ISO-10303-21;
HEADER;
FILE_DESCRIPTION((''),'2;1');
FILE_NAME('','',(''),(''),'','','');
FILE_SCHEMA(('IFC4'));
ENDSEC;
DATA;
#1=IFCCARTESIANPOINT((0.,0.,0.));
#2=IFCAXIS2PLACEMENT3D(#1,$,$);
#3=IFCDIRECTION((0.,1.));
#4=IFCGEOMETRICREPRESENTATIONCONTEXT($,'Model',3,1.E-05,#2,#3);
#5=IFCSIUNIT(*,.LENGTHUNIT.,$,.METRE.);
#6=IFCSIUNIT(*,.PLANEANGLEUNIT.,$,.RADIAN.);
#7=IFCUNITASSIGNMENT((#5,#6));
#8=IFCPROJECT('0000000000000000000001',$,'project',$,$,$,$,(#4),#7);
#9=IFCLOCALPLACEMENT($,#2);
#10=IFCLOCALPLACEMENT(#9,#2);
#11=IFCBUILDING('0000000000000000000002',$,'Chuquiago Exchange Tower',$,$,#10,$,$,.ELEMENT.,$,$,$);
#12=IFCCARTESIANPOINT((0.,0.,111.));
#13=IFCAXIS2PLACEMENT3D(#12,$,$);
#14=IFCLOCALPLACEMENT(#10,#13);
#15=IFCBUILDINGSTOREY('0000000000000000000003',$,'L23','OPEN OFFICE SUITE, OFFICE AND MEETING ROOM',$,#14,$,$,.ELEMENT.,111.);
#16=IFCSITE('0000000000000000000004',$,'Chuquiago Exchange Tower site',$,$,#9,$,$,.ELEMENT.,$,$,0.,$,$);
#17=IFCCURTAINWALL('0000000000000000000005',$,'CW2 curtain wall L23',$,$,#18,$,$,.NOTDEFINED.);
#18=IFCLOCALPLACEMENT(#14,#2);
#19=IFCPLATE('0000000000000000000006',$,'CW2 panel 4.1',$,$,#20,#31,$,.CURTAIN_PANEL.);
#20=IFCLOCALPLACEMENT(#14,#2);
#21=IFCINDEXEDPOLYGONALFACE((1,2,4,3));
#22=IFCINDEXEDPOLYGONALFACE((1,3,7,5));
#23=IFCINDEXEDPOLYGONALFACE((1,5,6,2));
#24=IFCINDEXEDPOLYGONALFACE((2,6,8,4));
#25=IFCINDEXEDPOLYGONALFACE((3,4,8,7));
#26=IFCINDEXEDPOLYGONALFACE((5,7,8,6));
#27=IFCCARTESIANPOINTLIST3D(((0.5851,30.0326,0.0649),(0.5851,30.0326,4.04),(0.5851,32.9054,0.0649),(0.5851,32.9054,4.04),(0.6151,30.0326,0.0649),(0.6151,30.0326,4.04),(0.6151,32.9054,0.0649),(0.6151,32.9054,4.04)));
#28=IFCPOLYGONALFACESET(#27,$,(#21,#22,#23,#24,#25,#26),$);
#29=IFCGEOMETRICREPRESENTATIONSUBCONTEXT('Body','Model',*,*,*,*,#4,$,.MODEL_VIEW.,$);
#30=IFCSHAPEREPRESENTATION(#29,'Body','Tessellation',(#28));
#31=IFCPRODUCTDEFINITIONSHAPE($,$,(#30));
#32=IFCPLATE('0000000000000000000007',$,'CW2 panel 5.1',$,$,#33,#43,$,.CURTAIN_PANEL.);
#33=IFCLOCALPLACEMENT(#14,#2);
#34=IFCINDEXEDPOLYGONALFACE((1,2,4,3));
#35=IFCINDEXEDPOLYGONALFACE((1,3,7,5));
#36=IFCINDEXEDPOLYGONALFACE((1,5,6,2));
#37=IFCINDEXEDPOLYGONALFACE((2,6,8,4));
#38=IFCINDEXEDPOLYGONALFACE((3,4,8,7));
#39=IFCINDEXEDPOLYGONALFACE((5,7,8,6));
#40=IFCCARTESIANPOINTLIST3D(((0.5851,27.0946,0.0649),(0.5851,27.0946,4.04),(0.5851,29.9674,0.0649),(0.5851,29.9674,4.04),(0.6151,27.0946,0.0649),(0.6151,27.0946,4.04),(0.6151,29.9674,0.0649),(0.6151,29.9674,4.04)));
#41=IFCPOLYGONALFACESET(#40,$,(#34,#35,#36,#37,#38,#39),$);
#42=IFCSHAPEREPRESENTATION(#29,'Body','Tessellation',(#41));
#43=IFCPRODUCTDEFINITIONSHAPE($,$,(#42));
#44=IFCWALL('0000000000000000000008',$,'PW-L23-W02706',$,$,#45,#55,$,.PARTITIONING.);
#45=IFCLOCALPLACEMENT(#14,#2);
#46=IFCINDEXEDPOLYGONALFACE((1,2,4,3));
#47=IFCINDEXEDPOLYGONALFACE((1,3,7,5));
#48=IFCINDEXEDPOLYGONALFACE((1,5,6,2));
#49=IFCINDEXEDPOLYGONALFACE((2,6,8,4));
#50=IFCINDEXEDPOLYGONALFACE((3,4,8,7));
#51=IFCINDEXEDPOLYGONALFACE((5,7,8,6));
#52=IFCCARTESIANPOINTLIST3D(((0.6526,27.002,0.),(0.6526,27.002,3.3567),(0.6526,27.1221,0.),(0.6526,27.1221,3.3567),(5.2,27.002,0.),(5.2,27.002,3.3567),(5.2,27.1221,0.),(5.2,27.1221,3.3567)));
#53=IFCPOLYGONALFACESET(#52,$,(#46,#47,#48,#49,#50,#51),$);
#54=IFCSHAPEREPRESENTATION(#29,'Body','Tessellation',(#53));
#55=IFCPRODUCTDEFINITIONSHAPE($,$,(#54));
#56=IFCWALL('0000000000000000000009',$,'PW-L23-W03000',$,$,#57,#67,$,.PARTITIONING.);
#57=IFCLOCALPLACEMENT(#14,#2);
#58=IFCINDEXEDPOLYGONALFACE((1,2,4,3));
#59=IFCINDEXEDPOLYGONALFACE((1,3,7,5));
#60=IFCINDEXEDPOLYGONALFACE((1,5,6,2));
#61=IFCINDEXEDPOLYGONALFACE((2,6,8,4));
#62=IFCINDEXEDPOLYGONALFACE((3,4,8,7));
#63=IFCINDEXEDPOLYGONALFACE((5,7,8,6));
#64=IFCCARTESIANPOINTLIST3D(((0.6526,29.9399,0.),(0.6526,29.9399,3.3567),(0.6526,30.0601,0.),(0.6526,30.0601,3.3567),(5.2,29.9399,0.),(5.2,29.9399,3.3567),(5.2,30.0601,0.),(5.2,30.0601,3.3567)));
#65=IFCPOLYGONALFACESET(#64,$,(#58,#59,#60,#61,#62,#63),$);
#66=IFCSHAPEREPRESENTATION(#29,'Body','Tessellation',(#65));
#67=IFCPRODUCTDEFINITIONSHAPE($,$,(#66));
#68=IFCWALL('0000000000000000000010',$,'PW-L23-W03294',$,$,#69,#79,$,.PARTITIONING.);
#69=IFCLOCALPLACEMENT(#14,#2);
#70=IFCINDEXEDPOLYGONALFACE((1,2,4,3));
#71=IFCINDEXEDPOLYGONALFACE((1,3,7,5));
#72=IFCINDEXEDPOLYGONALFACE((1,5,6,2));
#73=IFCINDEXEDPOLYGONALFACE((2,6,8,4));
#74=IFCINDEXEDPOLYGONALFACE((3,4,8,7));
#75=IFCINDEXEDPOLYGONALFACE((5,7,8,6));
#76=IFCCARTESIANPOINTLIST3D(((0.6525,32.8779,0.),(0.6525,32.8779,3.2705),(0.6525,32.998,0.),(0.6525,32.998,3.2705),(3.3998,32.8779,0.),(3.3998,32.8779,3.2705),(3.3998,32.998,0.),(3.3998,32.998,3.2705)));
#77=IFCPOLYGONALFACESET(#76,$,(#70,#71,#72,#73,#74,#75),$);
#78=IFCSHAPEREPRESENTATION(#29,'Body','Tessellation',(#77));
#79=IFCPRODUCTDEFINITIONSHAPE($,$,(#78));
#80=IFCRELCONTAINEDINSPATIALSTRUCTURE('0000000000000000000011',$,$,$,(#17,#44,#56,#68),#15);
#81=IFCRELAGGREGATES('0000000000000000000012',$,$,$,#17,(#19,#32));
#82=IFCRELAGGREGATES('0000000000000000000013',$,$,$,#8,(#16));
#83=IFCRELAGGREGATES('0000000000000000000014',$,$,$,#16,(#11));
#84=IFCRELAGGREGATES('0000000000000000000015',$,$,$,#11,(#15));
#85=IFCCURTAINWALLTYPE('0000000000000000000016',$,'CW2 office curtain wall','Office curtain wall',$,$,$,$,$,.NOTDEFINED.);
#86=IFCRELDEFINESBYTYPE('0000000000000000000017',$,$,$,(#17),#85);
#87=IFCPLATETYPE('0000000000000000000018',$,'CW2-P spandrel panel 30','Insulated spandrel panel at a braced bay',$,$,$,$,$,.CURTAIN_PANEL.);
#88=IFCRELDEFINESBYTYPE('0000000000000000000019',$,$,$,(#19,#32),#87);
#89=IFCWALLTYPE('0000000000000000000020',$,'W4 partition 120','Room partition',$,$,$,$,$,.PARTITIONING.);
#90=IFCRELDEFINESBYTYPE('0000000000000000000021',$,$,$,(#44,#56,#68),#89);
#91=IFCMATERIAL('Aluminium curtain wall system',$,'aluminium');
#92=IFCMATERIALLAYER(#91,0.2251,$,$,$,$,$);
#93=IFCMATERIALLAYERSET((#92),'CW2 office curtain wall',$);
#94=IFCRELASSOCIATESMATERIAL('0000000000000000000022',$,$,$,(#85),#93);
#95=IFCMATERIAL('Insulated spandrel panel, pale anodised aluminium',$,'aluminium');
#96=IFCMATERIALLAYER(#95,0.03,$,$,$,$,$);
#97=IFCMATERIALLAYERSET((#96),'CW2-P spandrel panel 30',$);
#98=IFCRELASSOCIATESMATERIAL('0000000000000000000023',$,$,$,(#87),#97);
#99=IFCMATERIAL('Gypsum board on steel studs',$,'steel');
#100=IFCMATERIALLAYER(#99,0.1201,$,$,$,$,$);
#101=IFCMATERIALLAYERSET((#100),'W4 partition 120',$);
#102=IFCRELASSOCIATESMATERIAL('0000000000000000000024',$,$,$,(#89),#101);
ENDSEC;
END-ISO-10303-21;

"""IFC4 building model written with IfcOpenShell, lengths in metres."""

from ifc_helpers import new_model, si_unit, direction, frame, frame_2d, origin, origin_2d, place, context, subcontext, project, spatial, rectangle, extrude, material, layer, layer_set, type_object, element, aggregate, save


model = new_model("IFC4")

# Units and contexts
model_context = context("Model", 3, precision=1e-05, world=origin(), true_north=direction((0.0, 1.0)))
body_context = subcontext(model_context, "Body", "Model", "MODEL_VIEW")
ifc_project = project(units=[si_unit("LENGTHUNIT", "METRE"), si_unit("PLANEANGLEUNIT", "RADIAN")], contexts=[model_context])

# Site, building, storey
site_placement = place(None, origin())
site = spatial("IfcSite", under=ifc_project, at=site_placement, Name="Chuquiago Exchange Tower site", CompositionType="ELEMENT", RefElevation=0.0)
building_placement = place(site_placement, origin())
building = spatial("IfcBuilding", under=site, at=building_placement, Name="Chuquiago Exchange Tower", CompositionType="ELEMENT")
storey_placement = place(building_placement, frame((0.0, 0.0, 111.0)))
storey = spatial("IfcBuildingStorey", under=building, at=storey_placement, Name="L23", Description="OPEN OFFICE SUITE, OFFICE AND MEETING ROOM", CompositionType="ELEMENT", Elevation=111.0)

# Curtain wall
ifc_material_1 = material(Name="Aluminium curtain wall system", Category="aluminium")
ifc_layer_1 = layer(ifc_material_1, 0.2251)
ifc_layer_set_1 = layer_set([ifc_layer_1], Name="CW2 office curtain wall")
curtain_wall_type = type_object("IfcCurtainWallType", Name="CW2 office curtain wall", Description="Office curtain wall", PredefinedType="NOTDEFINED", material=ifc_layer_set_1)
curtain_wall_placement = place(storey_placement, origin())
curtain_wall = element("IfcCurtainWall", 1, at=curtain_wall_placement, inside=storey, type_object=curtain_wall_type, Name="CW2 curtain wall L23", PredefinedType="NOTDEFINED")

# Plates
ifc_material_2 = material(Name="Insulated spandrel panel, pale anodised aluminium", Category="aluminium")
ifc_layer_2 = layer(ifc_material_2, 0.03)
ifc_layer_set_2 = layer_set([ifc_layer_2], Name="CW2-P spandrel panel 30")
plate_type = type_object("IfcPlateType", Name="CW2-P spandrel panel 30", Description="Insulated spandrel panel at a braced bay", PredefinedType="CURTAIN_PANEL", material=ifc_layer_set_2)
plate_1_placement = place(storey_placement, frame((0.6001, 31.469, 0.0649), z_axis=(0.0, 0.0, 1.0), x_axis=(0.0, -1.0, 0.0)))
plate_1 = element("IfcPlate", 2, at=plate_1_placement, type_object=plate_type, Name="CW2 panel 4.1", PredefinedType="CURTAIN_PANEL", context=body_context, shape_type="SweptSolid", body=[
    extrude(rectangle(XDim=2.8728, YDim=0.03, at=origin_2d()), origin(), (0.0, 0.0, 1.0), 3.9751),
])
plate_2_placement = place(storey_placement, frame((0.6001, 28.531, 0.0649), z_axis=(0.0, 0.0, 1.0), x_axis=(0.0, -1.0, 0.0)))
plate_2 = element("IfcPlate", 3, at=plate_2_placement, type_object=plate_type, Name="CW2 panel 5.1", PredefinedType="CURTAIN_PANEL", context=body_context, shape_type="SweptSolid", body=[
    extrude(rectangle(XDim=2.8728, YDim=0.03, at=origin_2d()), origin(), (0.0, 0.0, 1.0), 3.9751),
])
aggregate(curtain_wall, [plate_1, plate_2])

# Walls
ifc_material_3 = material(Name="Gypsum board on steel studs", Category="steel")
ifc_layer_3 = layer(ifc_material_3, 0.1201)
ifc_layer_set_3 = layer_set([ifc_layer_3], Name="W4 partition 120")
wall_type = type_object("IfcWallType", Name="W4 partition 120", Description="Room partition", PredefinedType="PARTITIONING", material=ifc_layer_set_3)
for number, where, z_axis, x_axis, name in (
    (4, (0.6526, 27.062, 0.0), (0.0, 0.0, 1.0), (1.0, 0.0, 0.0), "PW-L23-W02706"),
    (5, (0.6526, 30.0, 0.0), (0.0, 0.0, 1.0), (1.0, 0.0, 0.0), "PW-L23-W03000"),
):
    element("IfcWall", number, at=place(storey_placement, frame(where, z_axis=z_axis, x_axis=x_axis)), inside=storey, type_object=wall_type, Name=name, PredefinedType="PARTITIONING", context=body_context, shape_type="SweptSolid", body=[
        extrude(rectangle(XDim=4.5474, YDim=0.1201, at=frame_2d((2.2737, 0.0))), origin(), (0.0, 0.0, 1.0), 3.3567),
    ])
wall_1_placement = place(storey_placement, frame((0.6526, 32.938, 0.0), z_axis=(0.0, 0.0, 1.0), x_axis=(1.0, 0.0, 0.0)))
element("IfcWall", 6, at=wall_1_placement, inside=storey, type_object=wall_type, Name="PW-L23-W03294", PredefinedType="PARTITIONING", context=body_context, shape_type="SweptSolid", body=[
    extrude(rectangle(XDim=2.7473, YDim=0.1201, at=frame_2d((1.3735, 0.0))), origin(), (0.0, 0.0, 1.0), 3.2705),
])

save(model, "model.ifc")
